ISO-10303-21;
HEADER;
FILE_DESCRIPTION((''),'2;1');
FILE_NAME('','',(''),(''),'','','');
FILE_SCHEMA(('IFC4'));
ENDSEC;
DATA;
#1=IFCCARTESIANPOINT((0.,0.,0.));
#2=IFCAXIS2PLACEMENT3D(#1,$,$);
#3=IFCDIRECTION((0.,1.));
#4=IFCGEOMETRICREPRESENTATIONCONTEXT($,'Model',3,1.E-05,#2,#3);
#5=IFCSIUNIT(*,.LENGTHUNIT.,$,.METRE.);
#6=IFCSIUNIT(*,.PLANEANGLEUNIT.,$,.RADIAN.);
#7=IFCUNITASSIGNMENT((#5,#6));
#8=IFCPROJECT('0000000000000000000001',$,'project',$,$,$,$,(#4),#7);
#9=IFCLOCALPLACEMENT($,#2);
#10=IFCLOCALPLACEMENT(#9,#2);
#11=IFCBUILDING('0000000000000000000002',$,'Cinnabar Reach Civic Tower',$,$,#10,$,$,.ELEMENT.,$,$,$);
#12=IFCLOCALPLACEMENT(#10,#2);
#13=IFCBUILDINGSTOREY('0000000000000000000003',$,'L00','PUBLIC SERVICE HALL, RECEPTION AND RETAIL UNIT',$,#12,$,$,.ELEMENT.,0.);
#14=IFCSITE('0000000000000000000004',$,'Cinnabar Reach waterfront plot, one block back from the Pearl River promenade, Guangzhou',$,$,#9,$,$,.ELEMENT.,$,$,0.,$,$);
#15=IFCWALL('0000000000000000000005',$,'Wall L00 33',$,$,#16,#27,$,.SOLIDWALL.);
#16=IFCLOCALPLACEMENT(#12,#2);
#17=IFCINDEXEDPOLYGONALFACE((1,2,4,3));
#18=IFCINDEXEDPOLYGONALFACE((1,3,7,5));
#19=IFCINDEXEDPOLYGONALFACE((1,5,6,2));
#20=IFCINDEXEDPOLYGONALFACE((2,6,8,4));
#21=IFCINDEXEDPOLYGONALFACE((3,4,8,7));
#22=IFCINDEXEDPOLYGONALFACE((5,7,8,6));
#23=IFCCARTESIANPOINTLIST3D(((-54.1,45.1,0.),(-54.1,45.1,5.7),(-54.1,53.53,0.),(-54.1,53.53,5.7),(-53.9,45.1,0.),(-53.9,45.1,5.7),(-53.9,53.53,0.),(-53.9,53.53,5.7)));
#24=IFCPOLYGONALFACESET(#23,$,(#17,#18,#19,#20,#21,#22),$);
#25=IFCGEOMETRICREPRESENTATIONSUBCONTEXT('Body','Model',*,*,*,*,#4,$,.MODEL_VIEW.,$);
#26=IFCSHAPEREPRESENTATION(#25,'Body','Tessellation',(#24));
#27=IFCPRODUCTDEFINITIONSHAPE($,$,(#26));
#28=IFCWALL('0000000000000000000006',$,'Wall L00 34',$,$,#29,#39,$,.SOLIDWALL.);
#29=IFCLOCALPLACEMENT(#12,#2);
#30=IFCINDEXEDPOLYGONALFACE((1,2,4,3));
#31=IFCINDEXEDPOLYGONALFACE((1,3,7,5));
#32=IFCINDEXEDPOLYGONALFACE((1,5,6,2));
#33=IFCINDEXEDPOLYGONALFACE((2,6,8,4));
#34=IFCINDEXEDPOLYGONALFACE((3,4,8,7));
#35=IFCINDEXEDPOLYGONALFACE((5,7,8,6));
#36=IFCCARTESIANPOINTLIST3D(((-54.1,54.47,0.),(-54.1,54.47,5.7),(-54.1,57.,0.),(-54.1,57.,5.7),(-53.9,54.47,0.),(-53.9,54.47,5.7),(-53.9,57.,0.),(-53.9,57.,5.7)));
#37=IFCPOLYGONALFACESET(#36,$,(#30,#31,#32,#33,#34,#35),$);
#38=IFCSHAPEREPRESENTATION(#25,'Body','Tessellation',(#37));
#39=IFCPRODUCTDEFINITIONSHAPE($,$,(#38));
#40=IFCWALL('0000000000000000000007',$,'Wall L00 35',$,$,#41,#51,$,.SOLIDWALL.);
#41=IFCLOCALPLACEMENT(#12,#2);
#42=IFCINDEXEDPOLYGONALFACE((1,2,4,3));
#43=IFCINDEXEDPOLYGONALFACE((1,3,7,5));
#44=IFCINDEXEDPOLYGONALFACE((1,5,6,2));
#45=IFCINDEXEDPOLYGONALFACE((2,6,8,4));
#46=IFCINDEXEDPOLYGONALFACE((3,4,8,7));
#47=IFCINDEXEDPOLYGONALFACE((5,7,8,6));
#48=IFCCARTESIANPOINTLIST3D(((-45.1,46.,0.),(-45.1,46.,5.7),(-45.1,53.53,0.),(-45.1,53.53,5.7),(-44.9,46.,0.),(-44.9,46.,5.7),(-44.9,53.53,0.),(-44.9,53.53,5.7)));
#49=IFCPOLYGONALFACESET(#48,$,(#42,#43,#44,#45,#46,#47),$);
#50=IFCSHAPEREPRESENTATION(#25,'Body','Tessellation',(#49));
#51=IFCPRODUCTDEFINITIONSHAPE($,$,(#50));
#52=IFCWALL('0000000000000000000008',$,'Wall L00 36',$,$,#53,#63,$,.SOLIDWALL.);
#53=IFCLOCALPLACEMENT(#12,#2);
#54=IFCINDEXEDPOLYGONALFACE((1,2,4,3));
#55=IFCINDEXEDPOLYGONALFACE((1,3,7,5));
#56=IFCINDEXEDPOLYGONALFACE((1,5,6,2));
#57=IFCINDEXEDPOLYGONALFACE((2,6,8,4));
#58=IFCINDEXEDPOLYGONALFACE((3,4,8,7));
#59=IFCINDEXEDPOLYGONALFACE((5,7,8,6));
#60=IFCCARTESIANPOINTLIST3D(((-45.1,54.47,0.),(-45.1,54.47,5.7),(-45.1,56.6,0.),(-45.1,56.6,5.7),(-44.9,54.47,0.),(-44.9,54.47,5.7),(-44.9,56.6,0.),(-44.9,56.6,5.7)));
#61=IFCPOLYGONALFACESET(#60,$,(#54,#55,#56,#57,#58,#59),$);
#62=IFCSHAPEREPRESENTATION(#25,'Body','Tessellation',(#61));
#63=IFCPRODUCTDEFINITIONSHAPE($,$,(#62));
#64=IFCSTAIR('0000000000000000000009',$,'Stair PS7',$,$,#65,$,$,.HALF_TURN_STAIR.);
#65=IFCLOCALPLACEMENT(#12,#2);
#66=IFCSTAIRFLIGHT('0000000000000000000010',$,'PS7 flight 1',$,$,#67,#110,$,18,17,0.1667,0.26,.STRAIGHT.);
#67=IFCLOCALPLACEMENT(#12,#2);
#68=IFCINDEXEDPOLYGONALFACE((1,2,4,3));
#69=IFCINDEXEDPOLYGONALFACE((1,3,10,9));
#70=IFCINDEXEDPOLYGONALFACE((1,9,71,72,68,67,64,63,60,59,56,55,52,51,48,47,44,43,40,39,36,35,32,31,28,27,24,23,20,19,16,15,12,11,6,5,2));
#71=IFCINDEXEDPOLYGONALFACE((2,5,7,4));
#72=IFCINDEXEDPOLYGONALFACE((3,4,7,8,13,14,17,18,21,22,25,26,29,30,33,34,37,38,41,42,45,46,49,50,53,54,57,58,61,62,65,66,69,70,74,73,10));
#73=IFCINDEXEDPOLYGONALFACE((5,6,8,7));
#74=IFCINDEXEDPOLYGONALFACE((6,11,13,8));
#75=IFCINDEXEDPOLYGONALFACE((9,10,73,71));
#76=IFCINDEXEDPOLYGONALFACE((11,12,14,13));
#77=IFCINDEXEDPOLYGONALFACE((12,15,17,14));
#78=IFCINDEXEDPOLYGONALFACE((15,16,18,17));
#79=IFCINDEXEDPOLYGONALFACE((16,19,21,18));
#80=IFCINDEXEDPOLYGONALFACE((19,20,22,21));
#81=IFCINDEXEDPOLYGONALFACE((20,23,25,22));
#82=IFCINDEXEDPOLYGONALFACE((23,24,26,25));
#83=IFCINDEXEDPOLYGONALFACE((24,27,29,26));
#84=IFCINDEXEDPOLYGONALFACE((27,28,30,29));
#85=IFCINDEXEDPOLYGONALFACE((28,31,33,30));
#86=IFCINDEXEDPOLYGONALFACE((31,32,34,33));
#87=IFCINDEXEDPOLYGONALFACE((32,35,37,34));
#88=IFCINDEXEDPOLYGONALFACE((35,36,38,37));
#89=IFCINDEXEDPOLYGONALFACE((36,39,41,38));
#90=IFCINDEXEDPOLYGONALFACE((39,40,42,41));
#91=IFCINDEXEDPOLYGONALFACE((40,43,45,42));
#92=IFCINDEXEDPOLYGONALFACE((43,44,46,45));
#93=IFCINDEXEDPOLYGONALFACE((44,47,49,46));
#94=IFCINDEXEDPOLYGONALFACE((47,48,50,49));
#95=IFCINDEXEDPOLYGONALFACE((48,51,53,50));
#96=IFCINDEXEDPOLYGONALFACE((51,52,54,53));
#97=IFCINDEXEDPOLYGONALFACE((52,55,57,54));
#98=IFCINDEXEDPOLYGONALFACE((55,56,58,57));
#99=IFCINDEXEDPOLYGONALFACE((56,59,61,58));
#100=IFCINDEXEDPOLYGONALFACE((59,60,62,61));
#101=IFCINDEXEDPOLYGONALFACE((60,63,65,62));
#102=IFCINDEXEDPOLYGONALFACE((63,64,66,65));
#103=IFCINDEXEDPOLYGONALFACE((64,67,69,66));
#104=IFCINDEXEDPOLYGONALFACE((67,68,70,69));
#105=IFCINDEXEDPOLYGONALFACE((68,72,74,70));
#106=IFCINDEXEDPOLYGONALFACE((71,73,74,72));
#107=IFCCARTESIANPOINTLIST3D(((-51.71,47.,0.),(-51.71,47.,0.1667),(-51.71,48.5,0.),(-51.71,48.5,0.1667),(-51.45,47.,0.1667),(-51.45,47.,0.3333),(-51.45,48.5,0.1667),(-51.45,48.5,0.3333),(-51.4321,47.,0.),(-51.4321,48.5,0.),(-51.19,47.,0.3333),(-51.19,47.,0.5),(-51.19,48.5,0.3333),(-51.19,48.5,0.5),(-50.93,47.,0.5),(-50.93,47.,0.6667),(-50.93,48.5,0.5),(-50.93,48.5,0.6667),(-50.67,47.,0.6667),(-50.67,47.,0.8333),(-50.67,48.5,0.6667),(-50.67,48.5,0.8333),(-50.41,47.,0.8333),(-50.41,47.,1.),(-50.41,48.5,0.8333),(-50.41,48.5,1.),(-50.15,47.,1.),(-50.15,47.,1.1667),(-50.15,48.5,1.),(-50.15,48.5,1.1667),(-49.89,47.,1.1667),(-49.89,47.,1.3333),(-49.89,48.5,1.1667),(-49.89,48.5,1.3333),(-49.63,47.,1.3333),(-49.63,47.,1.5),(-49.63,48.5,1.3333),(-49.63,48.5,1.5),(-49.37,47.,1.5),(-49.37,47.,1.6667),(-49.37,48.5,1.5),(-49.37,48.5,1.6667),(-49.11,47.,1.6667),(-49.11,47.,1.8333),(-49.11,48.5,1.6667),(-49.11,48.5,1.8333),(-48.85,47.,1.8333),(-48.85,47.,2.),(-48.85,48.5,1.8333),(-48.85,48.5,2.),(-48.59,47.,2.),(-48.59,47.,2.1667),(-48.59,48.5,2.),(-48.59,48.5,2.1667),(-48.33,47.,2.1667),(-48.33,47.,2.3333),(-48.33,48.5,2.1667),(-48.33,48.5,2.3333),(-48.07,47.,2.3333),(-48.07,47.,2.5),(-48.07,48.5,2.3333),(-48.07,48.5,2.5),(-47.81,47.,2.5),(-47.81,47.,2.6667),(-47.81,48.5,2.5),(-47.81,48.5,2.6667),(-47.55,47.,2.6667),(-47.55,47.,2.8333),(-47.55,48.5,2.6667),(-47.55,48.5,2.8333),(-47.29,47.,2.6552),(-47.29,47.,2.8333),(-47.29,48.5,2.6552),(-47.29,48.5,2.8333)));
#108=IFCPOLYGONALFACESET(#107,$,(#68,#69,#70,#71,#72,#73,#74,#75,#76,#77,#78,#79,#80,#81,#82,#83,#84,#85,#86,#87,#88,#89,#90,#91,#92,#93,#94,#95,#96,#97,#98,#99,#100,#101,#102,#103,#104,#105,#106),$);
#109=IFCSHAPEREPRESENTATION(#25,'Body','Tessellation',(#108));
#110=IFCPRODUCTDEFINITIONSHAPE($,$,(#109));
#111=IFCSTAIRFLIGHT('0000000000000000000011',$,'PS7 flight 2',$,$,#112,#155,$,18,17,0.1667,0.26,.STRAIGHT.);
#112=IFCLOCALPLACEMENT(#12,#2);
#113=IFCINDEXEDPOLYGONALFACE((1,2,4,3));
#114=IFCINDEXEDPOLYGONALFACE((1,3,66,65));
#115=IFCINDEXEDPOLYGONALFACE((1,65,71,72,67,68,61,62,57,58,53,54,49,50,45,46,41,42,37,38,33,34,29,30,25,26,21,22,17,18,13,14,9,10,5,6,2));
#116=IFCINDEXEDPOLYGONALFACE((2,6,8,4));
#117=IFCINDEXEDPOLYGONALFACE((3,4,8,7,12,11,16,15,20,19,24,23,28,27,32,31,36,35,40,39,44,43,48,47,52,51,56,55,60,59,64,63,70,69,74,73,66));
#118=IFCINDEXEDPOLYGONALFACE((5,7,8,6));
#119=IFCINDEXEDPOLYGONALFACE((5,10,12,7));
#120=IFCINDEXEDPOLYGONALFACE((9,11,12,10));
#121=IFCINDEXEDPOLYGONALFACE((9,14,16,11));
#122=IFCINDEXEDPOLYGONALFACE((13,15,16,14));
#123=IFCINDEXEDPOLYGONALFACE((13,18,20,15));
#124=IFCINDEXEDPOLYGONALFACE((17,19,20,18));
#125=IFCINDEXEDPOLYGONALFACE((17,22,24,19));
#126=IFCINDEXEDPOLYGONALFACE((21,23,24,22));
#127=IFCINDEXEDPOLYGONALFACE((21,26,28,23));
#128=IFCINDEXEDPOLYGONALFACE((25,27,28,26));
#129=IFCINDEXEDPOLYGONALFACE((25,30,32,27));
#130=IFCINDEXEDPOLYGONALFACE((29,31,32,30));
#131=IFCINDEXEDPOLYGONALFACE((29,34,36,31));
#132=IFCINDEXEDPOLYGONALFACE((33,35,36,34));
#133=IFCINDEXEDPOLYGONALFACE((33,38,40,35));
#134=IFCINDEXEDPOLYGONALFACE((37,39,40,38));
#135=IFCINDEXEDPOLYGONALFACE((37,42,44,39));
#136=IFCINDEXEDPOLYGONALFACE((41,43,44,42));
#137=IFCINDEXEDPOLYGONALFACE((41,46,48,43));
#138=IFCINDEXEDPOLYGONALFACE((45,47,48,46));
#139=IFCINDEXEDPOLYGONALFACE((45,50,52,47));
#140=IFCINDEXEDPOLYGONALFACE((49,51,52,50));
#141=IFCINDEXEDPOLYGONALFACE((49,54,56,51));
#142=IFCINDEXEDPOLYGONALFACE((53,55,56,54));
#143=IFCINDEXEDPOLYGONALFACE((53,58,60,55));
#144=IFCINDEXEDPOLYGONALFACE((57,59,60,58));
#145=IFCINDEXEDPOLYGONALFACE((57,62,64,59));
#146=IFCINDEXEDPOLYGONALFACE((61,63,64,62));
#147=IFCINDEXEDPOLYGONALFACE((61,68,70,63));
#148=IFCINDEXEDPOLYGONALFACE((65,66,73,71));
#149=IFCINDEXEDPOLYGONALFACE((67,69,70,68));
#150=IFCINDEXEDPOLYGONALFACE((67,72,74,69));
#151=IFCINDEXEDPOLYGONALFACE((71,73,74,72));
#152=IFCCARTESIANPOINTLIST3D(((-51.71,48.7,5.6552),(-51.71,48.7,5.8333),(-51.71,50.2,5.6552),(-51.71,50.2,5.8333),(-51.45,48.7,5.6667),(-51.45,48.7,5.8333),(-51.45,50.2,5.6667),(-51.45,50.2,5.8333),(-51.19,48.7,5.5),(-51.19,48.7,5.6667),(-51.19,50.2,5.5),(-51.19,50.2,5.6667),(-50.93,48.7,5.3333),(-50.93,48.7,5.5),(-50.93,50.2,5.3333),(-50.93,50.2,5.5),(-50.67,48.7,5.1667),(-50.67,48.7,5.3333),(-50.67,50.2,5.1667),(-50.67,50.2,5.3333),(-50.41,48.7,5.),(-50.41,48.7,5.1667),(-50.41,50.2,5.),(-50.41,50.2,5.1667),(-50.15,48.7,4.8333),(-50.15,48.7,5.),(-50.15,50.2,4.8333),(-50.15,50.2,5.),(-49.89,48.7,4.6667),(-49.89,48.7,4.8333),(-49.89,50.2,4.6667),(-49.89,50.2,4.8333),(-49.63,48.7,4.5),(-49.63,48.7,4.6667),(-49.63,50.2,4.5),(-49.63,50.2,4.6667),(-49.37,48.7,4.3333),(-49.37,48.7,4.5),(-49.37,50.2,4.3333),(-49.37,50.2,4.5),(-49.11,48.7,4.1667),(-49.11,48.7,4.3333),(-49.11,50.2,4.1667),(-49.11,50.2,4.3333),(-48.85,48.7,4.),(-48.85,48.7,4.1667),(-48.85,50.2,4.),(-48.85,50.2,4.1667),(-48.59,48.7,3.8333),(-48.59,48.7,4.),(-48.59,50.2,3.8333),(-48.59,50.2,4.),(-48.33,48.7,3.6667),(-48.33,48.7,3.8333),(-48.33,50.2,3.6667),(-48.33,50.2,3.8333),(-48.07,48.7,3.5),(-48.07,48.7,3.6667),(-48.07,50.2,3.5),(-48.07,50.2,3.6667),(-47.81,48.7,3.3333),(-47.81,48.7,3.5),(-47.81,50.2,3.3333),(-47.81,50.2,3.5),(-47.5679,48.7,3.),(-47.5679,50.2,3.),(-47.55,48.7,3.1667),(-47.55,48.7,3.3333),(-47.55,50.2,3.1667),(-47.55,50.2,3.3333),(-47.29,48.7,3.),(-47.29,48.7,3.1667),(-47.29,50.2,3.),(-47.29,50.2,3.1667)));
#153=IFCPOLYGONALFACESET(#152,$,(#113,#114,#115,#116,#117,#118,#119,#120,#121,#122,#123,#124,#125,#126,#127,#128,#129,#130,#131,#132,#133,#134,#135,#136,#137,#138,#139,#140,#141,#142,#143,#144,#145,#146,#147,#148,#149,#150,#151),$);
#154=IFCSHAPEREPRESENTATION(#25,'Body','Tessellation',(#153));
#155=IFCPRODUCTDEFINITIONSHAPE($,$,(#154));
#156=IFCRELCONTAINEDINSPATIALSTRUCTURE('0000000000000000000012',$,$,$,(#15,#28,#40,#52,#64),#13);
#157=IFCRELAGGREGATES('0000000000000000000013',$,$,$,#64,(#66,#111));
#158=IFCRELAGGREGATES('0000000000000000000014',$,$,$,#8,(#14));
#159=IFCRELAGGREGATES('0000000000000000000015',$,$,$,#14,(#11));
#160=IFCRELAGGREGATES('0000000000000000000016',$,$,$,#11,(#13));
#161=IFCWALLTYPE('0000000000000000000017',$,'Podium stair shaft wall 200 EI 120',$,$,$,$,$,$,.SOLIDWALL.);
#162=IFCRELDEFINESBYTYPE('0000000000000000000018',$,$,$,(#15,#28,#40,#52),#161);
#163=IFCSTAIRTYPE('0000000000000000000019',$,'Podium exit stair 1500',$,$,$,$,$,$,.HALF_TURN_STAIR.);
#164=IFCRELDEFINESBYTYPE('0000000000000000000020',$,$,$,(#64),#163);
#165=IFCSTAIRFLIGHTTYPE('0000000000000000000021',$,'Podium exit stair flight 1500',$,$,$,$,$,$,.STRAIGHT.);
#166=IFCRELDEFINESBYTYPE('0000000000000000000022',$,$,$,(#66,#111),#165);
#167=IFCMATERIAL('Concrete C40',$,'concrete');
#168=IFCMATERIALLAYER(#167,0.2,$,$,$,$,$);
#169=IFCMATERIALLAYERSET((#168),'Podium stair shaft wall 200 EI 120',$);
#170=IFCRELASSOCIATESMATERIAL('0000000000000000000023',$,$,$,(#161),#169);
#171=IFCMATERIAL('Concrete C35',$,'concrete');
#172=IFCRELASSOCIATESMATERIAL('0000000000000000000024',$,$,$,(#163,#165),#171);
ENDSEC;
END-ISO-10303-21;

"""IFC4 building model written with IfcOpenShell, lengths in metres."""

from ifc_helpers import new_model, si_unit, direction, frame, frame_2d, origin, place, context, subcontext, project, spatial, polyline, rectangle, outline, extrude, material, layer, layer_set, type_object, element, aggregate, save


model = new_model("IFC4")

# Units and contexts
model_context = context("Model", 3, precision=1e-05, world=origin(), true_north=direction((0.0, 1.0)))
body_context = subcontext(model_context, "Body", "Model", "MODEL_VIEW")
ifc_project = project(units=[si_unit("LENGTHUNIT", "METRE"), si_unit("PLANEANGLEUNIT", "RADIAN")], contexts=[model_context])

# Site, building, storey
site_placement = place(None, origin())
site = spatial("IfcSite", under=ifc_project, at=site_placement, Name="Cinnabar Reach waterfront plot, one block back from the Pearl River promenade, Guangzhou", CompositionType="ELEMENT", RefElevation=0.0)
building_placement = place(site_placement, origin())
building = spatial("IfcBuilding", under=site, at=building_placement, Name="Cinnabar Reach Civic Tower", CompositionType="ELEMENT")
storey_placement = place(building_placement, origin())
storey = spatial("IfcBuildingStorey", under=building, at=storey_placement, Name="L00", Description="PUBLIC SERVICE HALL, RECEPTION AND RETAIL UNIT", CompositionType="ELEMENT", Elevation=0.0)

# Walls
ifc_material_1 = material(Name="Concrete C40", Category="concrete")
ifc_layer_1 = layer(ifc_material_1, 0.2)
ifc_layer_set_1 = layer_set([ifc_layer_1], Name="Podium stair shaft wall 200 EI 120")
wall_type_1 = type_object("IfcWallType", Name="Podium stair shaft wall 200 EI 120", PredefinedType="SOLIDWALL", material=ifc_layer_set_1)
wall_1_placement = place(storey_placement, frame((-54.0, 45.1, 0.0), z_axis=(0.0, 0.0, 1.0), x_axis=(0.0, 1.0, 0.0)))
element("IfcWall", 1, at=wall_1_placement, inside=storey, type_object=wall_type_1, Name="Wall L00 33", PredefinedType="SOLIDWALL", context=body_context, shape_type="SweptSolid", body=[
    extrude(rectangle(XDim=8.43, YDim=0.2, at=frame_2d((4.215, 0.0))), origin(), (0.0, 0.0, 1.0), 5.7),
])
wall_2_placement = place(storey_placement, frame((-54.0, 54.47, 0.0), z_axis=(0.0, 0.0, 1.0), x_axis=(0.0, 1.0, 0.0)))
element("IfcWall", 2, at=wall_2_placement, inside=storey, type_object=wall_type_1, Name="Wall L00 34", PredefinedType="SOLIDWALL", context=body_context, shape_type="SweptSolid", body=[
    extrude(rectangle(XDim=2.53, YDim=0.2, at=frame_2d((1.265, 0.0))), origin(), (0.0, 0.0, 1.0), 5.7),
])
wall_3_placement = place(storey_placement, frame((-45.0, 46.0, 0.0), z_axis=(0.0, 0.0, 1.0), x_axis=(0.0, 1.0, 0.0)))
element("IfcWall", 3, at=wall_3_placement, inside=storey, type_object=wall_type_1, Name="Wall L00 35", PredefinedType="SOLIDWALL", context=body_context, shape_type="SweptSolid", body=[
    extrude(rectangle(XDim=7.53, YDim=0.2, at=frame_2d((3.765, 0.0))), origin(), (0.0, 0.0, 1.0), 5.7),
])
wall_4_placement = place(storey_placement, frame((-45.0, 54.47, 0.0), z_axis=(0.0, 0.0, 1.0), x_axis=(0.0, 1.0, 0.0)))
element("IfcWall", 4, at=wall_4_placement, inside=storey, type_object=wall_type_1, Name="Wall L00 36", PredefinedType="SOLIDWALL", context=body_context, shape_type="SweptSolid", body=[
    extrude(rectangle(XDim=2.13, YDim=0.2, at=frame_2d((1.065, 0.0))), origin(), (0.0, 0.0, 1.0), 5.7),
])

# Stair, stair flights
ifc_material_2 = material(Name="Concrete C35", Category="concrete")
stair_type = type_object("IfcStairType", Name="Podium exit stair 1500", PredefinedType="HALF_TURN_STAIR", material=ifc_material_2)
stair_placement = place(storey_placement, origin())
stair = element("IfcStair", 5, at=stair_placement, inside=storey, type_object=stair_type, Name="Stair PS7", PredefinedType="HALF_TURN_STAIR")
stair_flight_type = type_object("IfcStairFlightType", Name="Podium exit stair flight 1500", PredefinedType="STRAIGHT", material=ifc_material_2)
stair_flight_1_placement = place(storey_placement, frame((-51.71, 47.75, 0.0), z_axis=(0.0, 0.0, 1.0), x_axis=(1.0, 0.0, 0.0)))
stair_flight_1 = element("IfcStairFlight", 6, at=stair_flight_1_placement, type_object=stair_flight_type, Name="PS7 flight 1", NumberOfRisers=18, NumberOfTreads=17, PredefinedType="STRAIGHT", RiserHeight=0.1667, TreadLength=0.26, context=body_context, shape_type="SweptSolid", body=[
    extrude(outline(polyline([(0.0, 0.0), (0.0, 0.1667), (0.26, 0.1667), (0.26, 0.3333), (0.52, 0.3333), (0.52, 0.5), (0.78, 0.5), (0.78, 0.6667), (1.04, 0.6667), (1.04, 0.8333), (1.3, 0.8333), (1.3, 1.0), (1.56, 1.0), (1.56, 1.1667), (1.82, 1.1667), (1.82, 1.3333), (2.08, 1.3333), (2.08, 1.5), (2.34, 1.5), (2.34, 1.6667), (2.6, 1.6667), (2.6, 1.8333), (2.86, 1.8333), (2.86, 2.0), (3.12, 2.0), (3.12, 2.1667), (3.38, 2.1667), (3.38, 2.3333), (3.64, 2.3333), (3.64, 2.5), (3.9, 2.5), (3.9, 2.6667), (4.16, 2.6667), (4.16, 2.8333), (4.42, 2.8333), (4.42, 3.0), (4.42, 2.6552), (0.2779, 0.0), (0.0, 0.0)])), frame((0.0, 0.75, 0.0), z_axis=(0.0, -1.0, 0.0), x_axis=(1.0, 0.0, 0.0)), (0.0, 0.0, 1.0), 1.5),
])
stair_flight_2_placement = place(storey_placement, frame((-47.29, 49.45, 3.0), z_axis=(0.0, 0.0, 1.0), x_axis=(-1.0, 0.0, 0.0)))
stair_flight_2 = element("IfcStairFlight", 7, at=stair_flight_2_placement, type_object=stair_flight_type, Name="PS7 flight 2", NumberOfRisers=18, NumberOfTreads=17, PredefinedType="STRAIGHT", RiserHeight=0.1667, TreadLength=0.26, context=body_context, shape_type="SweptSolid", body=[
    extrude(outline(polyline([(0.0, 0.0), (0.0, 0.1667), (0.26, 0.1667), (0.26, 0.3333), (0.52, 0.3333), (0.52, 0.5), (0.78, 0.5), (0.78, 0.6667), (1.04, 0.6667), (1.04, 0.8333), (1.3, 0.8333), (1.3, 1.0), (1.56, 1.0), (1.56, 1.1667), (1.82, 1.1667), (1.82, 1.3333), (2.08, 1.3333), (2.08, 1.5), (2.34, 1.5), (2.34, 1.6667), (2.6, 1.6667), (2.6, 1.8333), (2.86, 1.8333), (2.86, 2.0), (3.12, 2.0), (3.12, 2.1667), (3.38, 2.1667), (3.38, 2.3333), (3.64, 2.3333), (3.64, 2.5), (3.9, 2.5), (3.9, 2.6667), (4.16, 2.6667), (4.16, 2.8333), (4.42, 2.8333), (4.42, 3.0), (4.42, 2.6552), (0.2779, 0.0), (0.0, 0.0)])), frame((0.0, 0.75, 0.0), z_axis=(0.0, -1.0, 0.0), x_axis=(1.0, 0.0, 0.0)), (0.0, 0.0, 1.0), 1.5),
])
aggregate(stair, [stair_flight_1, stair_flight_2])

save(model, "model.ifc")
